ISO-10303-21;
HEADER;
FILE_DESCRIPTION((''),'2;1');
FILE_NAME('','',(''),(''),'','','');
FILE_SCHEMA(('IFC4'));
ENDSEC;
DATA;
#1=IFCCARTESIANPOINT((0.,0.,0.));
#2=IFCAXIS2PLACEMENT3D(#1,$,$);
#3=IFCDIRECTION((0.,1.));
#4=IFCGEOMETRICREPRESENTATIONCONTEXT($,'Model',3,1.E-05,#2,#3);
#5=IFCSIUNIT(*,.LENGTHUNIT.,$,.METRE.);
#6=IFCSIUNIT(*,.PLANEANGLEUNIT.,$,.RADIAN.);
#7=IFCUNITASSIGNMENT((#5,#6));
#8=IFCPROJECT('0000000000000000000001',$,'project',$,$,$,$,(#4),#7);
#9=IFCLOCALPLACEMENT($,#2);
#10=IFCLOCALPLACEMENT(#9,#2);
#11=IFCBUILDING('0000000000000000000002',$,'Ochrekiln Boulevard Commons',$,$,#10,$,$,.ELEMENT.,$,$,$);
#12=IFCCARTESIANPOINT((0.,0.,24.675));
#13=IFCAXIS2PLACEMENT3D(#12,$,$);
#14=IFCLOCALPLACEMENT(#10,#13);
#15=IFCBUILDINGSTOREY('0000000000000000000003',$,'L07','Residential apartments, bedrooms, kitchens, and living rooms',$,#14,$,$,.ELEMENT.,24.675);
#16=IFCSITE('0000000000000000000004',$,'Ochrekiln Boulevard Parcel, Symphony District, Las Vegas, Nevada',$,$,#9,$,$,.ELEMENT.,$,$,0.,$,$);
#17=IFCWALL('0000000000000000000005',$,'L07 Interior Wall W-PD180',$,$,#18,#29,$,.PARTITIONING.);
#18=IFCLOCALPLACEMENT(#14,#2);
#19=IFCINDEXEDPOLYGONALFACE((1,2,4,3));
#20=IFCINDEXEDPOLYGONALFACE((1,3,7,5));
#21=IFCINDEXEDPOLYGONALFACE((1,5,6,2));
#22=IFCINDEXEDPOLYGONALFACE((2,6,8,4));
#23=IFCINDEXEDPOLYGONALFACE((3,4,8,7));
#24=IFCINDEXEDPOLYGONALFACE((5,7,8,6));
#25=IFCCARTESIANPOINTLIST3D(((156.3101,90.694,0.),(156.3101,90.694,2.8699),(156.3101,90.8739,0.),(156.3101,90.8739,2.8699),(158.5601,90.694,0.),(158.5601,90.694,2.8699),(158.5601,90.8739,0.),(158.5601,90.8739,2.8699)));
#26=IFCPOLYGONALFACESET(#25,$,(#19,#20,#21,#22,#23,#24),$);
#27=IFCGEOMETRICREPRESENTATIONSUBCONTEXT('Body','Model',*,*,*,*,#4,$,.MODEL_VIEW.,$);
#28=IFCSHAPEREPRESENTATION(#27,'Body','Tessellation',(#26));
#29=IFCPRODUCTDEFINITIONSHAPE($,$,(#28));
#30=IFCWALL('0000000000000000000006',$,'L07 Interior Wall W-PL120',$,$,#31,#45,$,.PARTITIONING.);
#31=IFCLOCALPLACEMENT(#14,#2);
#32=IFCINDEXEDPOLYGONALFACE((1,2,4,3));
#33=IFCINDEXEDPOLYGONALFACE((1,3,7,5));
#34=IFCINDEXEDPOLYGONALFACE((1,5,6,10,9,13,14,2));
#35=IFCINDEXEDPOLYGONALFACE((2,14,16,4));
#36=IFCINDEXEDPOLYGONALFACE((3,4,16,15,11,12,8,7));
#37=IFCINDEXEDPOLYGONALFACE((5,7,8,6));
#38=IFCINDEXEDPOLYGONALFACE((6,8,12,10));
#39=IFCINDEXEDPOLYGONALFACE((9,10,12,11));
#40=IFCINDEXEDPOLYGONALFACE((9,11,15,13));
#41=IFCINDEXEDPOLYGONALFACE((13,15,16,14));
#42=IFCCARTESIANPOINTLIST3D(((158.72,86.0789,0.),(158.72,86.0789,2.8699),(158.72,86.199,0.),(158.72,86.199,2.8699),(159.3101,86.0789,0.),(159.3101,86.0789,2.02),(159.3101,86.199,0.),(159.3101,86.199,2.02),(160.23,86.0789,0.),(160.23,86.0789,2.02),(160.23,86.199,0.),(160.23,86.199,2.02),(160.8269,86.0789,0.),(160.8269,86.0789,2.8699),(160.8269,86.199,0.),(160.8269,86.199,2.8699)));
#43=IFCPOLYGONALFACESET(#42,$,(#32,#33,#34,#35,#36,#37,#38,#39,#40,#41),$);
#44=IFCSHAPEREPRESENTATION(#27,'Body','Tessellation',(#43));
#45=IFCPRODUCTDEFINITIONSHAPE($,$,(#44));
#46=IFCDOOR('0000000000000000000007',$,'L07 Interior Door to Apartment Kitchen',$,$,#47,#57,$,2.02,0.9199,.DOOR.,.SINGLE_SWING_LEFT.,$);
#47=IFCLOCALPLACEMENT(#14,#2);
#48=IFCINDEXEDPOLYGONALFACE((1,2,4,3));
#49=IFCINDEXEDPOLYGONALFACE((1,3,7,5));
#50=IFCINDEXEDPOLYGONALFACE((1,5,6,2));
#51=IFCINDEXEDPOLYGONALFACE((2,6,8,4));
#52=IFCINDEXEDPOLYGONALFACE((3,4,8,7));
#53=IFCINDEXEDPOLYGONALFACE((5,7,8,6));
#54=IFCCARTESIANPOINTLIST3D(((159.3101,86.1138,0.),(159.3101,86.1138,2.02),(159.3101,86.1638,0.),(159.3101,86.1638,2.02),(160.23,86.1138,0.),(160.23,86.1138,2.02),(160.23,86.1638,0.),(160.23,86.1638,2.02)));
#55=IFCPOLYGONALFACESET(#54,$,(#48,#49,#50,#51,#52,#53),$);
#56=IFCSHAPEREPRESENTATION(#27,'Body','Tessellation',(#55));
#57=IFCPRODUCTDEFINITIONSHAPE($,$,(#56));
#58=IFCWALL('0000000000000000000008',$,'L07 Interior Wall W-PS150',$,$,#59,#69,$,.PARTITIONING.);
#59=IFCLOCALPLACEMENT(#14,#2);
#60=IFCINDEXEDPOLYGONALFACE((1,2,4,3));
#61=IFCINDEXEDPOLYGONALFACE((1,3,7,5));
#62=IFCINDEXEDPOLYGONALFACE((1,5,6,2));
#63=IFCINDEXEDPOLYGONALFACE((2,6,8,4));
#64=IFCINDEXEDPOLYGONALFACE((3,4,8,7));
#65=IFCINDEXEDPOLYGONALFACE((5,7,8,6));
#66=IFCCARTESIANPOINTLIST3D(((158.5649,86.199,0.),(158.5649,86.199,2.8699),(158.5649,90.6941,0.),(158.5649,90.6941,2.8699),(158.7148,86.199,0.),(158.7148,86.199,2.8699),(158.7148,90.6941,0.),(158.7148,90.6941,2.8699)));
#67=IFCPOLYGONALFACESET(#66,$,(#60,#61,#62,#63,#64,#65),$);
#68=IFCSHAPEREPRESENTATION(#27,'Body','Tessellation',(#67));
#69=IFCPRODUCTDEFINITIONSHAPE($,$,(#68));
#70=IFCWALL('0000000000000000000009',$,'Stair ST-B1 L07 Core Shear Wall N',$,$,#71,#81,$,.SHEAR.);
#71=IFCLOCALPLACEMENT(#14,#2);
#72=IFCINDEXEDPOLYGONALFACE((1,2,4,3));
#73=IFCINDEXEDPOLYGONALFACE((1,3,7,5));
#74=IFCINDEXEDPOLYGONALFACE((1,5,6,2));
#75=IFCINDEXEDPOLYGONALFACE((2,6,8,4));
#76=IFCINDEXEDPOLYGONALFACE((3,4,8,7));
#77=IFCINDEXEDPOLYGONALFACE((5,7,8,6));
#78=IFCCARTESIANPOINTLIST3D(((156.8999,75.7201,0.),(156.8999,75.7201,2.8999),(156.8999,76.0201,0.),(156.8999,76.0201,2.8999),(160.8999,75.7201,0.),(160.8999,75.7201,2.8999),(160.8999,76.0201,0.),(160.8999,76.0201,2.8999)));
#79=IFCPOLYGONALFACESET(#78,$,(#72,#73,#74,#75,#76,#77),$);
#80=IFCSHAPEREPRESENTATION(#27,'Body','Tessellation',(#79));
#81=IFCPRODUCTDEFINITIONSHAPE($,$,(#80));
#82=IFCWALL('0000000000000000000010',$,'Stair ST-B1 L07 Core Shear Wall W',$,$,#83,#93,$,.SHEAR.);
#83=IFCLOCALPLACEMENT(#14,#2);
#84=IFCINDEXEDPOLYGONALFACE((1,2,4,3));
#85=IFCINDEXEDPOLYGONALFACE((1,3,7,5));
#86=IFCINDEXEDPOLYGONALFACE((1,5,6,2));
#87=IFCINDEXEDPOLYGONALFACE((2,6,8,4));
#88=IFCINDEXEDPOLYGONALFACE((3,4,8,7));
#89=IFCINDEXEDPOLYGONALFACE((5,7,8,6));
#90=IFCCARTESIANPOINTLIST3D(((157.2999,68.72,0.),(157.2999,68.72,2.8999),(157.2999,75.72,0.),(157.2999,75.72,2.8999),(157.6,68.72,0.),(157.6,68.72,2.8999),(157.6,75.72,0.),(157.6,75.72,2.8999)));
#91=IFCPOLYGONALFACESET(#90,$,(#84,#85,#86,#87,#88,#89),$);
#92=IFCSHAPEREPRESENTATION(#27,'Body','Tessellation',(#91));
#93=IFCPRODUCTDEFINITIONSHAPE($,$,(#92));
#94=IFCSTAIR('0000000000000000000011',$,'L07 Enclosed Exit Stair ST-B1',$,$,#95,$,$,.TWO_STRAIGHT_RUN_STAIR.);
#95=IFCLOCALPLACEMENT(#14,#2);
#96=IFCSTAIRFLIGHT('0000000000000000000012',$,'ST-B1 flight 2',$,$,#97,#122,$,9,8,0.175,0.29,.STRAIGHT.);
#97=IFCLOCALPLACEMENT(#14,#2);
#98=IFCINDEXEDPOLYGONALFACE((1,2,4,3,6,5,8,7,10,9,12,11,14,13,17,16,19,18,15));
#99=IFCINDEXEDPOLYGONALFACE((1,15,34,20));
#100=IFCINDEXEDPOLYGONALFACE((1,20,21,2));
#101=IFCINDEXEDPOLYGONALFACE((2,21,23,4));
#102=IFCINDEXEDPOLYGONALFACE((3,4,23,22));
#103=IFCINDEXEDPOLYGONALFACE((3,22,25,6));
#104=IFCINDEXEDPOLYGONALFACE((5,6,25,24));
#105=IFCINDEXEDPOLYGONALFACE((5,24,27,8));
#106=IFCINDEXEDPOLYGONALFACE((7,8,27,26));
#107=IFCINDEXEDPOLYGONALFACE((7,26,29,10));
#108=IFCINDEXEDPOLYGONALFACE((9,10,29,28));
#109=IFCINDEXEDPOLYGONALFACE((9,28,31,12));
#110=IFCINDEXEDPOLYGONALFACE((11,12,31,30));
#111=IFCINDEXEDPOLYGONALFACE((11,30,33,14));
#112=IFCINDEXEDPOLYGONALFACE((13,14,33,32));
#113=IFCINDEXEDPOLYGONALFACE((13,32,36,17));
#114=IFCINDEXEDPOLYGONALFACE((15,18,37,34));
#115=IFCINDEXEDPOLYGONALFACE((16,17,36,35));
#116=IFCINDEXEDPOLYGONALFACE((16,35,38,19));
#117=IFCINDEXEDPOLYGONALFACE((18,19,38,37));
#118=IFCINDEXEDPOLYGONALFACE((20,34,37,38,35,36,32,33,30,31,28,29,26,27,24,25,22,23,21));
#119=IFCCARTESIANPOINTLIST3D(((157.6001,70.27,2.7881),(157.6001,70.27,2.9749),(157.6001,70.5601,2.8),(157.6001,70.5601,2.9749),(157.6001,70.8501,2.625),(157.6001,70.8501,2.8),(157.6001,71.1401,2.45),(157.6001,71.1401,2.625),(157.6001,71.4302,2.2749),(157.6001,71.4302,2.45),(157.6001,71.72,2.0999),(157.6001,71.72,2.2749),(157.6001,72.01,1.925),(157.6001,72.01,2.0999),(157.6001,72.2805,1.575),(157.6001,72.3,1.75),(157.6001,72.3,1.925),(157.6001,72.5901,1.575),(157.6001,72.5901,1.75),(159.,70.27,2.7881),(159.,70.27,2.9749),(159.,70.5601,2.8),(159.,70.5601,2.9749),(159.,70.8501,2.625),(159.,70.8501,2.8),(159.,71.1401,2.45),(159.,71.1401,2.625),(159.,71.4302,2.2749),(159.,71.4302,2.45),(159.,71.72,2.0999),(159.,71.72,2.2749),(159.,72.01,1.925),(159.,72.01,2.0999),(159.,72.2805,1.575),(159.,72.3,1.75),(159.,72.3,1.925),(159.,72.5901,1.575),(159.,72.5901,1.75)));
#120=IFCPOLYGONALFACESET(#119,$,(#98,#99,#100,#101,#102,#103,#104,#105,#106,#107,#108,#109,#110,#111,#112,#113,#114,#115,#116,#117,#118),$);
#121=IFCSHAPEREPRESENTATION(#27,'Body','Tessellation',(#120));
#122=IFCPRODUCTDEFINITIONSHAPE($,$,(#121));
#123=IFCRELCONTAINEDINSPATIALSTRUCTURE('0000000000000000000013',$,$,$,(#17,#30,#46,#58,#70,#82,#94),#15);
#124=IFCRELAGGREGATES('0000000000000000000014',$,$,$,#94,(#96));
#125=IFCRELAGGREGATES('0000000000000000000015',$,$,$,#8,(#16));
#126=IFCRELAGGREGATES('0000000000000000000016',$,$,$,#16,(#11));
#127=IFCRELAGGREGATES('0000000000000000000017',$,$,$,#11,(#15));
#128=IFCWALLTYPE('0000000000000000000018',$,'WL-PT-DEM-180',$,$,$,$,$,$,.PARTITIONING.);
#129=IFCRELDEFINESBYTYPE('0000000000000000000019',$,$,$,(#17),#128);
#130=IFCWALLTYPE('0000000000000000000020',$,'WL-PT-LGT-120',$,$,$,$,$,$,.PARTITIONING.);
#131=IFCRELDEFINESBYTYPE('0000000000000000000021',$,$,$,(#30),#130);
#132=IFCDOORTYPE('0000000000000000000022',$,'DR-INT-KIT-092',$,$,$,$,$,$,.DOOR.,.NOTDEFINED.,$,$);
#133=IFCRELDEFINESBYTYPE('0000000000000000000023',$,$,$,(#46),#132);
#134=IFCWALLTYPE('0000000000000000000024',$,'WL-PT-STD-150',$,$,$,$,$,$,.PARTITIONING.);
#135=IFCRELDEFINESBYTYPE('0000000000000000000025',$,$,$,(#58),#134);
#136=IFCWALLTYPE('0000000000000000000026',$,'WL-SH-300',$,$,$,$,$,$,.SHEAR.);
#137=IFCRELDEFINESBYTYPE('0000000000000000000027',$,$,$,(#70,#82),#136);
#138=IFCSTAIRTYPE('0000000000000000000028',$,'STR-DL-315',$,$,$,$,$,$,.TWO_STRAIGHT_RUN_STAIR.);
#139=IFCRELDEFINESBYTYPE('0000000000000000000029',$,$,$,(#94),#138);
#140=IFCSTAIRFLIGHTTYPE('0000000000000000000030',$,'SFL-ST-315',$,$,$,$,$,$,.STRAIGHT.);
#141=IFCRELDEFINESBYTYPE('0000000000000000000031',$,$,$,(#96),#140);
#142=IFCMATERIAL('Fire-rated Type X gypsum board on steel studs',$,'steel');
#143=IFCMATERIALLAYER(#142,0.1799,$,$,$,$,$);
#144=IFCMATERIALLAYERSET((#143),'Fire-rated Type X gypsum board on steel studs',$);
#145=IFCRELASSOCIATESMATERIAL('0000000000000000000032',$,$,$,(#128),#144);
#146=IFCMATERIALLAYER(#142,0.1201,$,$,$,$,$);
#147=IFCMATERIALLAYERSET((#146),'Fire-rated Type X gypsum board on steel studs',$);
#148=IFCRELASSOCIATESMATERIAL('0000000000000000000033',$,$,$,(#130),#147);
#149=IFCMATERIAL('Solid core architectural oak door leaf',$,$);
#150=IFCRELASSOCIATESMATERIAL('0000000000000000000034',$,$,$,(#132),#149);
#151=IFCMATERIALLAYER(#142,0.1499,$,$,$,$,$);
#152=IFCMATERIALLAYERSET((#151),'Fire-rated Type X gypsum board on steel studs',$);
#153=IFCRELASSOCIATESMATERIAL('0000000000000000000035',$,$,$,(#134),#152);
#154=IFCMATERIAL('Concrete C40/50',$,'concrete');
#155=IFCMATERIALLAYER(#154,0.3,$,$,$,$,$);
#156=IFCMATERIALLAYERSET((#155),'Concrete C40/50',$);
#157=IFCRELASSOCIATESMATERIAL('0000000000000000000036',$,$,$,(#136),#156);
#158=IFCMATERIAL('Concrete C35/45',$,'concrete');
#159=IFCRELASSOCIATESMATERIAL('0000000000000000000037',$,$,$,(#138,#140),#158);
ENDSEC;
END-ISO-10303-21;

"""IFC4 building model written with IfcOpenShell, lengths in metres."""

from ifc_helpers import new_model, si_unit, direction, frame, frame_2d, origin, place, context, subcontext, project, spatial, polyline, rectangle, outline, extrude, material, layer, layer_set, type_object, element, fill, aggregate, save


model = new_model("IFC4")

# Units and contexts
model_context = context("Model", 3, precision=1e-05, world=origin(), true_north=direction((0.0, 1.0)))
body_context = subcontext(model_context, "Body", "Model", "MODEL_VIEW")
ifc_project = project(units=[si_unit("LENGTHUNIT", "METRE"), si_unit("PLANEANGLEUNIT", "RADIAN")], contexts=[model_context])

# Site, building, storey
site_placement = place(None, origin())
site = spatial("IfcSite", under=ifc_project, at=site_placement, Name="Ochrekiln Boulevard Parcel, Symphony District, Las Vegas, Nevada", CompositionType="ELEMENT", RefElevation=0.0)
building_placement = place(site_placement, origin())
building = spatial("IfcBuilding", under=site, at=building_placement, Name="Ochrekiln Boulevard Commons", CompositionType="ELEMENT")
storey_placement = place(building_placement, frame((0.0, 0.0, 24.675)))
storey = spatial("IfcBuildingStorey", under=building, at=storey_placement, Name="L07", Description="Residential apartments, bedrooms, kitchens, and living rooms", CompositionType="ELEMENT", Elevation=24.675)

# Shared definitions
ifc_material_1 = material(Name="Concrete C40/50", Category="concrete")

# Shared definitions
ifc_material_2 = material(Name="Solid core architectural oak door leaf")

# Wall
ifc_material_3 = material(Name="Fire-rated Type X gypsum board on steel studs", Category="steel")
ifc_layer_1 = layer(ifc_material_3, 0.1799)
ifc_layer_set_1 = layer_set([ifc_layer_1], Name="Fire-rated Type X gypsum board on steel studs")
wall_type_1 = type_object("IfcWallType", Name="WL-PT-DEM-180", PredefinedType="PARTITIONING", material=ifc_layer_set_1)
wall_1_placement = place(storey_placement, frame((156.3101, 90.7839, 0.0), z_axis=(0.0, 0.0, 1.0), x_axis=(1.0, 0.0, 0.0)))
element("IfcWall", 1, at=wall_1_placement, inside=storey, type_object=wall_type_1, Name="L07 Interior Wall W-PD180", PredefinedType="PARTITIONING", context=body_context, shape_type="SweptSolid", body=[
    extrude(rectangle(XDim=2.25, YDim=0.1799, at=frame_2d((1.125, 0.0))), origin(), (0.0, 0.0, 1.0), 2.8699),
])

# Wall, opening, door
ifc_layer_2 = layer(ifc_material_3, 0.1201)
ifc_layer_set_2 = layer_set([ifc_layer_2], Name="Fire-rated Type X gypsum board on steel studs")
wall_type_2 = type_object("IfcWallType", Name="WL-PT-LGT-120", PredefinedType="PARTITIONING", material=ifc_layer_set_2)
wall_2_placement = place(storey_placement, frame((158.72, 86.1389, 0.0), z_axis=(0.0, 0.0, 1.0), x_axis=(1.0, 0.0, 0.0)))
wall_2 = element("IfcWall", 2, at=wall_2_placement, inside=storey, type_object=wall_type_2, Name="L07 Interior Wall W-PL120", PredefinedType="PARTITIONING", context=body_context, shape_type="SweptSolid", body=[
    extrude(rectangle(XDim=2.1069, YDim=0.1201, at=frame_2d((1.0535, 0.0))), origin(), (0.0, 0.0, 1.0), 2.8699),
])
opening_1_placement = place(wall_2_placement, frame((0.5901, 0.0, 0.0)))
opening_1 = element("IfcOpeningElement", 3, at=opening_1_placement, cuts=wall_2, PredefinedType="OPENING", context=body_context, shape_type="SweptSolid", body=[
    extrude(rectangle(XDim=0.9199, YDim=2.02, at=frame_2d((0.46, 1.01))), frame((0.0, 0.0701, 0.0), z_axis=(0.0, -1.0, 0.0), x_axis=(1.0, 0.0, 0.0)), (0.0, 0.0, 1.0), 0.1401),
])
door_type_1 = type_object("IfcDoorType", Name="DR-INT-KIT-092", OperationType="NOTDEFINED", PredefinedType="DOOR", material=ifc_material_2)
door_1_placement = place(opening_1_placement, origin())
door_1 = element("IfcDoor", 4, at=door_1_placement, inside=storey, type_object=door_type_1, Name="L07 Interior Door to Apartment Kitchen", OperationType="SINGLE_SWING_LEFT", OverallHeight=2.02, OverallWidth=0.9199, PredefinedType="DOOR", context=body_context, shape_type="SweptSolid", body=[
    extrude(rectangle(XDim=0.9199, YDim=2.02, at=frame_2d((0.46, 1.01))), frame((0.0, 0.0249, 0.0), z_axis=(0.0, -1.0, 0.0), x_axis=(1.0, 0.0, 0.0)), (0.0, 0.0, 1.0), 0.05),
])
fill(opening_1, door_1)

# Walls
ifc_layer_3 = layer(ifc_material_3, 0.1499)
ifc_layer_set_3 = layer_set([ifc_layer_3], Name="Fire-rated Type X gypsum board on steel studs")
wall_type_3 = type_object("IfcWallType", Name="WL-PT-STD-150", PredefinedType="PARTITIONING", material=ifc_layer_set_3)
wall_3_placement = place(storey_placement, frame((158.6399, 86.199, 0.0), z_axis=(0.0, 0.0, 1.0), x_axis=(0.0, 1.0, 0.0)))
element("IfcWall", 5, at=wall_3_placement, inside=storey, type_object=wall_type_3, Name="L07 Interior Wall W-PS150", PredefinedType="PARTITIONING", context=body_context, shape_type="SweptSolid", body=[
    extrude(rectangle(XDim=4.4951, YDim=0.1499, at=frame_2d((2.2476, 0.0))), origin(), (0.0, 0.0, 1.0), 2.8699),
])
ifc_layer_4 = layer(ifc_material_1, 0.3)
ifc_layer_set_4 = layer_set([ifc_layer_4], Name="Concrete C40/50")
wall_type_4 = type_object("IfcWallType", Name="WL-SH-300", PredefinedType="SHEAR", material=ifc_layer_set_4)
wall_4_placement = place(storey_placement, frame((156.8999, 75.8701, 0.0), z_axis=(0.0, 0.0, 1.0), x_axis=(1.0, 0.0, 0.0)))
element("IfcWall", 6, at=wall_4_placement, inside=storey, type_object=wall_type_4, Name="Stair ST-B1 L07 Core Shear Wall N", PredefinedType="SHEAR", context=body_context, shape_type="SweptSolid", body=[
    extrude(rectangle(XDim=4.0, YDim=0.3, at=frame_2d((2.0, 0.0))), origin(), (0.0, 0.0, 1.0), 2.8999),
])
wall_5_placement = place(storey_placement, frame((157.45, 68.72, 0.0), z_axis=(0.0, 0.0, 1.0), x_axis=(0.0, 1.0, 0.0)))
element("IfcWall", 7, at=wall_5_placement, inside=storey, type_object=wall_type_4, Name="Stair ST-B1 L07 Core Shear Wall W", PredefinedType="SHEAR", context=body_context, shape_type="SweptSolid", body=[
    extrude(rectangle(XDim=7.0, YDim=0.3, at=frame_2d((3.5, 0.0))), origin(), (0.0, 0.0, 1.0), 2.8999),
])

# Stair, stair flight
ifc_material_4 = material(Name="Concrete C35/45", Category="concrete")
stair_type = type_object("IfcStairType", Name="STR-DL-315", PredefinedType="TWO_STRAIGHT_RUN_STAIR", material=ifc_material_4)
stair_placement = place(storey_placement, origin())
stair = element("IfcStair", 8, at=stair_placement, inside=storey, type_object=stair_type, Name="L07 Enclosed Exit Stair ST-B1", PredefinedType="TWO_STRAIGHT_RUN_STAIR")
stair_flight_type = type_object("IfcStairFlightType", Name="SFL-ST-315", PredefinedType="STRAIGHT", material=ifc_material_4)
stair_flight_placement = place(storey_placement, frame((158.3, 72.5901, 1.575), z_axis=(0.0, 0.0, 1.0), x_axis=(0.0, -1.0, 0.0)))
stair_flight = element("IfcStairFlight", 9, at=stair_flight_placement, type_object=stair_flight_type, Name="ST-B1 flight 2", NumberOfRisers=9, NumberOfTreads=8, PredefinedType="STRAIGHT", RiserHeight=0.175, TreadLength=0.29, context=body_context, shape_type="SweptSolid", body=[
    extrude(outline(polyline([(0.0, 0.0), (0.0, 0.175), (0.29, 0.175), (0.29, 0.3501), (0.5801, 0.3501), (0.5801, 0.5249), (0.8701, 0.5249), (0.8701, 0.7), (1.1599, 0.7), (1.1599, 0.875), (1.45, 0.875), (1.45, 1.05), (1.74, 1.05), (1.74, 1.2251), (2.03, 1.2251), (2.03, 1.3999), (2.3201, 1.3999), (2.3201, 1.575), (2.3201, 1.2131), (0.3096, 0.0), (0.0, 0.0)])), frame((0.0, 0.7, 0.0), z_axis=(0.0, -1.0, 0.0), x_axis=(1.0, 0.0, 0.0)), (0.0, 0.0, 1.0), 1.3999),
])
aggregate(stair, [stair_flight])

save(model, "model.ifc")
